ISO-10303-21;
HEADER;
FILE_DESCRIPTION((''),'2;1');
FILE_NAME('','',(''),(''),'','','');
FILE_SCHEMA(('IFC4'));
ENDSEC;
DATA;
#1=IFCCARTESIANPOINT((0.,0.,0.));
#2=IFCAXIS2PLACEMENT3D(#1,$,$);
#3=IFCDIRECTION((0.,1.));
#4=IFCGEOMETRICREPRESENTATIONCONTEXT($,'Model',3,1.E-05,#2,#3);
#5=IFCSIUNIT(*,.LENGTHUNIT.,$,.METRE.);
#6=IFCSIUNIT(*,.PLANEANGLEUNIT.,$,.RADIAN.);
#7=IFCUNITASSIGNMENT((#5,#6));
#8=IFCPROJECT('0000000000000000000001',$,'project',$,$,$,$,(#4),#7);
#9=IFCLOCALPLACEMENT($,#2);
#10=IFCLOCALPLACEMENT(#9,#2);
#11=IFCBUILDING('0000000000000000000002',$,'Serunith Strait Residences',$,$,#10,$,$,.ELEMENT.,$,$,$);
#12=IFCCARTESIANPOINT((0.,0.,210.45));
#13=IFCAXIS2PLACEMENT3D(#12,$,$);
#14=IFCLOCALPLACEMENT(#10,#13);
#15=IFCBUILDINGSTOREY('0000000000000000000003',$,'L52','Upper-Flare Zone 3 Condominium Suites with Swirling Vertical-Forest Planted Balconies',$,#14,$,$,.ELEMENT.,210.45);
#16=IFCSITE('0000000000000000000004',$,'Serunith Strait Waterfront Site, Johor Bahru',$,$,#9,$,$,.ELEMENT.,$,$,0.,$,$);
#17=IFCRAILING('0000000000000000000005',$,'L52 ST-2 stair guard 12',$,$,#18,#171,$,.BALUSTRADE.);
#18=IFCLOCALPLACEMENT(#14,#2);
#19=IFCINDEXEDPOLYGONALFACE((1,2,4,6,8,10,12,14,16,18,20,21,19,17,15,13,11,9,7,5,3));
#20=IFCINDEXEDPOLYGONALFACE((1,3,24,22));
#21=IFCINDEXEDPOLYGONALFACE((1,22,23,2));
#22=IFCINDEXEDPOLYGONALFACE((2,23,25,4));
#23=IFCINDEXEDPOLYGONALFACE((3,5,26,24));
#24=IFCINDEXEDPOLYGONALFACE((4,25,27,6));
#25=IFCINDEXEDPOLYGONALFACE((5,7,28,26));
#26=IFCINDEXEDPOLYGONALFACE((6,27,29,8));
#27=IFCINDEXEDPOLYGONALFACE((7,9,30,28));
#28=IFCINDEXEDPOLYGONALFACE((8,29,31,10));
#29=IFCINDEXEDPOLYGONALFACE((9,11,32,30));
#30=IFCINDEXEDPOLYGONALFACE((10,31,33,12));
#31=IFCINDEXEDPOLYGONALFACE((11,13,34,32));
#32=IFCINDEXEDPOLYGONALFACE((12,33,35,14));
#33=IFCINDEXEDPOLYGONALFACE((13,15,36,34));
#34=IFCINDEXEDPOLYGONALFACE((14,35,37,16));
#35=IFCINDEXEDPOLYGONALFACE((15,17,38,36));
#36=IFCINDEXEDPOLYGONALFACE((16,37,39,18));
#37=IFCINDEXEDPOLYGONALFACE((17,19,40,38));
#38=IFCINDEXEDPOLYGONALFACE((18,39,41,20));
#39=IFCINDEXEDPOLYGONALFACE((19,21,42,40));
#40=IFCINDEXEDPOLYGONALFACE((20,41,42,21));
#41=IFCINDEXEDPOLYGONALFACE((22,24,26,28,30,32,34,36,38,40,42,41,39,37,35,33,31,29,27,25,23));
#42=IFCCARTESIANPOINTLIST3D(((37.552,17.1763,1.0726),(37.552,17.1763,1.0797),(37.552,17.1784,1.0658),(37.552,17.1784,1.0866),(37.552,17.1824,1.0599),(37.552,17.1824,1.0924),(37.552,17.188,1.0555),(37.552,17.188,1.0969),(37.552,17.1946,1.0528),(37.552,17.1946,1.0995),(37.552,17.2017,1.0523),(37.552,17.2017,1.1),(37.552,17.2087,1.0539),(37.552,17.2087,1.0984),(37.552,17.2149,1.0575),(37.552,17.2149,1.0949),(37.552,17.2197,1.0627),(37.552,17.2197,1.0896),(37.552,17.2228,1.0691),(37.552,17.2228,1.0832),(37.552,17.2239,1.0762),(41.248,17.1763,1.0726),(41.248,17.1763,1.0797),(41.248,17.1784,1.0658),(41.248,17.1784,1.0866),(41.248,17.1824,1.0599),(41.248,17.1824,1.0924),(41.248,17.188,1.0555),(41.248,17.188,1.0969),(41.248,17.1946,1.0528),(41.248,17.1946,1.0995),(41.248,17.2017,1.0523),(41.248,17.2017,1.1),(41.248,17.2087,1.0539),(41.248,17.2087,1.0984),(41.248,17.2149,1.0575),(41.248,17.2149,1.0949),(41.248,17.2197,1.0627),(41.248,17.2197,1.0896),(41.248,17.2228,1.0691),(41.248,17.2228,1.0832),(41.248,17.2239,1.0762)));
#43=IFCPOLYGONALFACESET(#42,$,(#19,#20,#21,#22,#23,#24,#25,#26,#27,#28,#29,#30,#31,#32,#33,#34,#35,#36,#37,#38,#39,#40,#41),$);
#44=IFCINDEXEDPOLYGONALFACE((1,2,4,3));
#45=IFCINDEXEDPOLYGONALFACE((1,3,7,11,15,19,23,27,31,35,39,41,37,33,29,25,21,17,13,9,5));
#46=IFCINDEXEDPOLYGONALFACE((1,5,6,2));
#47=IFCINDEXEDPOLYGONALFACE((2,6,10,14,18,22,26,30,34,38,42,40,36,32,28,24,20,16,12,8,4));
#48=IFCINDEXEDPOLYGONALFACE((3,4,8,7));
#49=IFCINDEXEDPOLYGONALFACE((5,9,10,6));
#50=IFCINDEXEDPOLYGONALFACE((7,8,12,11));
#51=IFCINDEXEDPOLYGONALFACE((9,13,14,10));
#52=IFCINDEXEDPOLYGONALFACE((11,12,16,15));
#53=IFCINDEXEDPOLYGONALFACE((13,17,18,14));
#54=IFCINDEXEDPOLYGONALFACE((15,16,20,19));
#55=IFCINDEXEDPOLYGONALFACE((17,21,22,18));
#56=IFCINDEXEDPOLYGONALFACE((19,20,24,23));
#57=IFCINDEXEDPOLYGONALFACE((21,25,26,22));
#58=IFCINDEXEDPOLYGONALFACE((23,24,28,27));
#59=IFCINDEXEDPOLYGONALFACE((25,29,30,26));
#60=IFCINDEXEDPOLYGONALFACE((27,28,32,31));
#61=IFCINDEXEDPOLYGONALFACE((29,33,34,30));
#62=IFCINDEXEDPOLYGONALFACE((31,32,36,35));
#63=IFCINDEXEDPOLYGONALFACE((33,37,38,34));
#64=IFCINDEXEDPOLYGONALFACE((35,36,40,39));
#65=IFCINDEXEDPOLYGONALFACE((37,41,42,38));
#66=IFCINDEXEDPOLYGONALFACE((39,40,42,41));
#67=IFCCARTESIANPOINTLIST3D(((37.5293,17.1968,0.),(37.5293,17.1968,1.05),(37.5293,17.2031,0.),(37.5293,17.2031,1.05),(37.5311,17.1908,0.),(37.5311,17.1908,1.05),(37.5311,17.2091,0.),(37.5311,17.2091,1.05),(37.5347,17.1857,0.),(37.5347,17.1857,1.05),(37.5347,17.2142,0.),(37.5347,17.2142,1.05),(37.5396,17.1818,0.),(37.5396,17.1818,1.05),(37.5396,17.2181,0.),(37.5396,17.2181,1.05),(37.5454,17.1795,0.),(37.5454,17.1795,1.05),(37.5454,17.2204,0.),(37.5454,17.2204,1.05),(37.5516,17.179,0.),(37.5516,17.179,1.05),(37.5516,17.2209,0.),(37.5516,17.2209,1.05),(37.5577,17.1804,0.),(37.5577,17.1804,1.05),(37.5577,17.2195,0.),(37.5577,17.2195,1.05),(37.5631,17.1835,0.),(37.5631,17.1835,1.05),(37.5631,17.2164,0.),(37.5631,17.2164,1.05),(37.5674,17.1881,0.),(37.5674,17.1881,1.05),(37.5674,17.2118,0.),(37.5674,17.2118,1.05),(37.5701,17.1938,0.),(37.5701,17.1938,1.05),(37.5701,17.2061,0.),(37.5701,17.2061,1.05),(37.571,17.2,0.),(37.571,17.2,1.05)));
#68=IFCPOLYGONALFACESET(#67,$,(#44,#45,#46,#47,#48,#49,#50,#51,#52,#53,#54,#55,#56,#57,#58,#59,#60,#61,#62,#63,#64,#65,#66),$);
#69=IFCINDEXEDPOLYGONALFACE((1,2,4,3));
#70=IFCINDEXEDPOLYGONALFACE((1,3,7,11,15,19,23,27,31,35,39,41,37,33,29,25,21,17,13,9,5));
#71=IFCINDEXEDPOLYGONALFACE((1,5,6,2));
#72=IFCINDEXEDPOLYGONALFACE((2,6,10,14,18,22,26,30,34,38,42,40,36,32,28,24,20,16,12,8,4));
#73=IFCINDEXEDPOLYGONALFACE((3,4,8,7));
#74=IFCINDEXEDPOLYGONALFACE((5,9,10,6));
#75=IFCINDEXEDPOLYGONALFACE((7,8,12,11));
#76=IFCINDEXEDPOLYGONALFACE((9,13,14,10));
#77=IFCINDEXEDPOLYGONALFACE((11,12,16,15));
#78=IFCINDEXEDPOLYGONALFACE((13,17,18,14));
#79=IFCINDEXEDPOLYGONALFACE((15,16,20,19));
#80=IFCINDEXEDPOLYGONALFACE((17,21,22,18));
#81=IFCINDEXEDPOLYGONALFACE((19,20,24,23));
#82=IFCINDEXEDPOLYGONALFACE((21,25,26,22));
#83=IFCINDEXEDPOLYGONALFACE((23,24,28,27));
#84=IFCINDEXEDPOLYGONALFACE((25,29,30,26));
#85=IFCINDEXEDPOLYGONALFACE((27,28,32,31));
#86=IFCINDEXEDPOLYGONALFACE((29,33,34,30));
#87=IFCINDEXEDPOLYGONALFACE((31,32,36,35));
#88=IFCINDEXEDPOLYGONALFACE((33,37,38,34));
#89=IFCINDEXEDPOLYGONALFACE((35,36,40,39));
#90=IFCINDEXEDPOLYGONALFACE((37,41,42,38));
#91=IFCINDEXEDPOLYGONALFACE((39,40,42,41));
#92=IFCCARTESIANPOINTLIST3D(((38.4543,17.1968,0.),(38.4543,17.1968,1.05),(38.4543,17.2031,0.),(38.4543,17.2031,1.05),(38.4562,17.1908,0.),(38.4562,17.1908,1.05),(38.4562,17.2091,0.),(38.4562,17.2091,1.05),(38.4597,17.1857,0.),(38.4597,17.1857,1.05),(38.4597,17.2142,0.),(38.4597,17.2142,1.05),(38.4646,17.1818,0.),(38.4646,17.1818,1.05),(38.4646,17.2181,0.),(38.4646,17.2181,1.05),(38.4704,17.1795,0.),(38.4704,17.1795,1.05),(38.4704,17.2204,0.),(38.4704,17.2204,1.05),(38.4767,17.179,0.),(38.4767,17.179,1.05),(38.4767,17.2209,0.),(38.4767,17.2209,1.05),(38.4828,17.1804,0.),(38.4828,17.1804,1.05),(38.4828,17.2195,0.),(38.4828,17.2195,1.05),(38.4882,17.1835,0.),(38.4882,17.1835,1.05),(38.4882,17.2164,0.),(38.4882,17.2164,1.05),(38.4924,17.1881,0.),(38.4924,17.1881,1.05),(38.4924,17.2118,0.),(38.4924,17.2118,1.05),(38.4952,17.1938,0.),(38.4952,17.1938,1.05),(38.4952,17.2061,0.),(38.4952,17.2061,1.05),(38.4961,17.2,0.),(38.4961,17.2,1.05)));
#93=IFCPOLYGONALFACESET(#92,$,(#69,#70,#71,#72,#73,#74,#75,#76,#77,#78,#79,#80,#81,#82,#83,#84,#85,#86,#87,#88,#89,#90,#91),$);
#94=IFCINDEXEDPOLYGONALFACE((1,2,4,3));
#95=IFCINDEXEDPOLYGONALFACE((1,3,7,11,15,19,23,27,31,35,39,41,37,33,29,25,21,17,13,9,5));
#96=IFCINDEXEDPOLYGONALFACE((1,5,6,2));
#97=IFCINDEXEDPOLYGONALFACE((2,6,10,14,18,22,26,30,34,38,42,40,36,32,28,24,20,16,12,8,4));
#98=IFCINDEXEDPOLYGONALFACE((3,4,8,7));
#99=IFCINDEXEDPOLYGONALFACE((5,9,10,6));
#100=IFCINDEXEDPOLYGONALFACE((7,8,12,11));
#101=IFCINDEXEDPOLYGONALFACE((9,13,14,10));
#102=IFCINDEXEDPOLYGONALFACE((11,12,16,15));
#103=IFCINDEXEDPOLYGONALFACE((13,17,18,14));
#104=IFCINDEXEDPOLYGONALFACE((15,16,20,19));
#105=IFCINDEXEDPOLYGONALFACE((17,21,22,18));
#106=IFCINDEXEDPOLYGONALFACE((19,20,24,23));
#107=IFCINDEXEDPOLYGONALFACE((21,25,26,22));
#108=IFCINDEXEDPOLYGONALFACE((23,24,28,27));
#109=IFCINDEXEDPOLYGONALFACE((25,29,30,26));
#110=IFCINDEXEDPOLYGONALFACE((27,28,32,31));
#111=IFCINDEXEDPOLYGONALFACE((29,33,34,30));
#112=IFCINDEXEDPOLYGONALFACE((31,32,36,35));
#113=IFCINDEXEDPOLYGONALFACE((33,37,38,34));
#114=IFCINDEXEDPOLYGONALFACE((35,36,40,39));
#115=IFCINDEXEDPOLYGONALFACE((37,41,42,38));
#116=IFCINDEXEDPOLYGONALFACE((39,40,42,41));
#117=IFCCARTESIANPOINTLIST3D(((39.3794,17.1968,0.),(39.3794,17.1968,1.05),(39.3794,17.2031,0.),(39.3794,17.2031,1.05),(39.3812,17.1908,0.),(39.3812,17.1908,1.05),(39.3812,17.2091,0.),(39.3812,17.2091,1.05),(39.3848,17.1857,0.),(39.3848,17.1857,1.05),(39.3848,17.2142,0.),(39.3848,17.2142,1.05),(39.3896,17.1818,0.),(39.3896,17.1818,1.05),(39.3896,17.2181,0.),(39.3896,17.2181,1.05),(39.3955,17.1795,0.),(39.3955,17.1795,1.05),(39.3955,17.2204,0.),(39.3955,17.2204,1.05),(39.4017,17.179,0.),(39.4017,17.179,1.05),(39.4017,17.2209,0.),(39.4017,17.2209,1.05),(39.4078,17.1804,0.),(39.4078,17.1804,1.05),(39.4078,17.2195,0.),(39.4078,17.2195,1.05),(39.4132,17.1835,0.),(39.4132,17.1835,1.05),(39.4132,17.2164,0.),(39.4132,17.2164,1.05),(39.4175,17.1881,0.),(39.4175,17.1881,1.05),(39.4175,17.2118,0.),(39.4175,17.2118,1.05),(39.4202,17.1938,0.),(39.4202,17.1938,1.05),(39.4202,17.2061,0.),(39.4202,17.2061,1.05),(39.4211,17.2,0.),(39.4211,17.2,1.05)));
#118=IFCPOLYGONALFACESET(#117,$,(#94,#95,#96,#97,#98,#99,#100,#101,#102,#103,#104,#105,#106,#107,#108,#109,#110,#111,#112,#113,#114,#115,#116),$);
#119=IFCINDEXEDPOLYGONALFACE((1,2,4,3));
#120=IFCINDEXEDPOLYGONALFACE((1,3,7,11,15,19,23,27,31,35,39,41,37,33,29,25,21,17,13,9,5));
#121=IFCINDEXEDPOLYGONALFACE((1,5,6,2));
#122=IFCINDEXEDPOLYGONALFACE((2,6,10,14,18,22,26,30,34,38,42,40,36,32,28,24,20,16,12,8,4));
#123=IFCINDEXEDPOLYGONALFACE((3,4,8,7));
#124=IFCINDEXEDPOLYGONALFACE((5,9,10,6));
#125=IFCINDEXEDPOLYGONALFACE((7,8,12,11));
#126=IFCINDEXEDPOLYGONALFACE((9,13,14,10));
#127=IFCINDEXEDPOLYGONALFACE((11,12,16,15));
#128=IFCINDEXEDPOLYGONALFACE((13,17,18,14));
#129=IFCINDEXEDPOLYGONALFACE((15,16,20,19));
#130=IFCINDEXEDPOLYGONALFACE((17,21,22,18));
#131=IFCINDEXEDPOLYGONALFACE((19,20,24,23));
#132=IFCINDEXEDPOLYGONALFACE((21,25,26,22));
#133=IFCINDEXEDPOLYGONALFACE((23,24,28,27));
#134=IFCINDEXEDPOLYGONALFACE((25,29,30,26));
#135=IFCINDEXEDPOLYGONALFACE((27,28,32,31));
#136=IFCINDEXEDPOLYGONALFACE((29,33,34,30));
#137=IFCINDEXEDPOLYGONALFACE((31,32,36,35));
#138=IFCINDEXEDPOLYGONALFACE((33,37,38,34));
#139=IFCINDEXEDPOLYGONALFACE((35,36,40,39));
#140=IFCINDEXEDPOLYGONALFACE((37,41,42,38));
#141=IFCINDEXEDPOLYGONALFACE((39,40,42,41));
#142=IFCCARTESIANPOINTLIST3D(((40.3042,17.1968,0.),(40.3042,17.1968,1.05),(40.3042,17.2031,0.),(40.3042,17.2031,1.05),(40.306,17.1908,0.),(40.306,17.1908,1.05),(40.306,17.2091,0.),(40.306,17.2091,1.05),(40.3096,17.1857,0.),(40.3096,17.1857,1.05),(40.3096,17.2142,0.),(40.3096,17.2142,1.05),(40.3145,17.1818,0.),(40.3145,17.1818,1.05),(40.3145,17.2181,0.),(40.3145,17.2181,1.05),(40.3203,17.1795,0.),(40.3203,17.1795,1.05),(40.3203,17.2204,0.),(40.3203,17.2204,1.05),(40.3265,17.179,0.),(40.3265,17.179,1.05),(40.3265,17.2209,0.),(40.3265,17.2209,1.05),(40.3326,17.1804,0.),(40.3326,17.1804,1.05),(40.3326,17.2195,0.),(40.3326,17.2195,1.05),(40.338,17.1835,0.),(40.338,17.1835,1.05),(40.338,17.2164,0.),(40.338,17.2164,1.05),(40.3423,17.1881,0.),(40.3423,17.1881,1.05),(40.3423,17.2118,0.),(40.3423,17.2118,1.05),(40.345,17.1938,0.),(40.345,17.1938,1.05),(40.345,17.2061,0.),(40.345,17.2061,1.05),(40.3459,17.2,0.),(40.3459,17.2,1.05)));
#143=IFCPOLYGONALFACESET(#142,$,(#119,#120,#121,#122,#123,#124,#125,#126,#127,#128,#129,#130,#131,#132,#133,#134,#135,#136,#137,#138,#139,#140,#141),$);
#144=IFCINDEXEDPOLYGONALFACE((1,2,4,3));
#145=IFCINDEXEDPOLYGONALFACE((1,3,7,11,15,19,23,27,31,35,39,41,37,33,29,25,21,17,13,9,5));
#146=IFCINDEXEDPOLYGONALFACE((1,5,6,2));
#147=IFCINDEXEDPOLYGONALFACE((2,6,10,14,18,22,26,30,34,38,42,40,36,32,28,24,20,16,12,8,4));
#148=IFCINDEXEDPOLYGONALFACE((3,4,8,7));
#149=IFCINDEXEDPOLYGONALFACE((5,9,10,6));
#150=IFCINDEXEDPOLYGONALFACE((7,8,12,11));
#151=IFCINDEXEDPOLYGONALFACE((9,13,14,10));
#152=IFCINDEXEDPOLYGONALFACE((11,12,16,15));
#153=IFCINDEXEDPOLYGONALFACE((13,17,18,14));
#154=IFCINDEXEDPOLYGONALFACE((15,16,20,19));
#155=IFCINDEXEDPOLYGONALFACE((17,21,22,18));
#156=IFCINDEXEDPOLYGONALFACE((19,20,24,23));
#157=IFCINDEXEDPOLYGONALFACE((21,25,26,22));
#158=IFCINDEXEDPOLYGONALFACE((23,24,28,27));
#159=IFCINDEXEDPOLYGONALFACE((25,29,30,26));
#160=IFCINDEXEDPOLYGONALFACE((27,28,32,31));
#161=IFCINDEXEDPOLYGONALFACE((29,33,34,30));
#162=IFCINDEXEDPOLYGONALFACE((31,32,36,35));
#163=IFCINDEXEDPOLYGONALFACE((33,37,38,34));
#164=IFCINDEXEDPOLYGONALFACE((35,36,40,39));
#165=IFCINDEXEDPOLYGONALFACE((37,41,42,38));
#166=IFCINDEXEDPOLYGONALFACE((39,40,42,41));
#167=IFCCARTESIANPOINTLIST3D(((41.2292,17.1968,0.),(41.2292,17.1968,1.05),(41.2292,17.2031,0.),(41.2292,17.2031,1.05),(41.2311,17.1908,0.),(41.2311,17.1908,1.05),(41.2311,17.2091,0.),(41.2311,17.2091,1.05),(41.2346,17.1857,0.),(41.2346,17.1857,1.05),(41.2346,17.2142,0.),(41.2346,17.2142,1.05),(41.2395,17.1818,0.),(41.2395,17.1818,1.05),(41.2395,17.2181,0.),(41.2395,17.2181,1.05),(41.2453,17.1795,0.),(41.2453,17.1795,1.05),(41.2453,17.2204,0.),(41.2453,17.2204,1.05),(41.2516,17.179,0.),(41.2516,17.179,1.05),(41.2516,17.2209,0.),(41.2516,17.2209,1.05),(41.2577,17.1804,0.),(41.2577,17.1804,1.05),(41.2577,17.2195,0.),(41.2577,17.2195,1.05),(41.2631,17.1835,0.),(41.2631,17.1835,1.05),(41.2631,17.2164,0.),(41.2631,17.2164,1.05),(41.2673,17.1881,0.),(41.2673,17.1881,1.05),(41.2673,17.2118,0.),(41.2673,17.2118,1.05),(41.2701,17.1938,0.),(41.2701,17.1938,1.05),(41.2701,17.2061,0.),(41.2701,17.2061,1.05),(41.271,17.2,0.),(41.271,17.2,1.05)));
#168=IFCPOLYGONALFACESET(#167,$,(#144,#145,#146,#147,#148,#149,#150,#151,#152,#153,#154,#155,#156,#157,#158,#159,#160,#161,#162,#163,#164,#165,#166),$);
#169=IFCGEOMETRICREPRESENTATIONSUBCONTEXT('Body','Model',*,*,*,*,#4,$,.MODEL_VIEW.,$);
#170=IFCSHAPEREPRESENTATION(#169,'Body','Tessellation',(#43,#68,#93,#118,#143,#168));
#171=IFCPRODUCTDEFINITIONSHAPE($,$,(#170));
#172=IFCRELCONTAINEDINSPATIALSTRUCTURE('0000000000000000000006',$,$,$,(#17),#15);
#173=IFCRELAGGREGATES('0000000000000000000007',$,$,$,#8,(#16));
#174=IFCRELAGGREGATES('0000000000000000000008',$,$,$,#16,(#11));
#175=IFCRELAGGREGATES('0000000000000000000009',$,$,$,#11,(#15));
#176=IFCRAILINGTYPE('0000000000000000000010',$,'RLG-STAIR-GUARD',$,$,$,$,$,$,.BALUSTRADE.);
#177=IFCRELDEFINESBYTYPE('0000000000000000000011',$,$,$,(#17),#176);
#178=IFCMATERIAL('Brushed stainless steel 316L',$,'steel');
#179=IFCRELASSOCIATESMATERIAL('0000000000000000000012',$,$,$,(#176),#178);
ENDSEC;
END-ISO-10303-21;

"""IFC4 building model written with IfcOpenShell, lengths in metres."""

from ifc_helpers import new_model, si_unit, direction, frame, origin, origin_2d, place, context, subcontext, project, spatial, circle, extrude, material, type_object, element, save


model = new_model("IFC4")

# Units and contexts
model_context = context("Model", 3, precision=1e-05, world=origin(), true_north=direction((0.0, 1.0)))
body_context = subcontext(model_context, "Body", "Model", "MODEL_VIEW")
ifc_project = project(units=[si_unit("LENGTHUNIT", "METRE"), si_unit("PLANEANGLEUNIT", "RADIAN")], contexts=[model_context])

# Site, building, storey
site_placement = place(None, origin())
site = spatial("IfcSite", under=ifc_project, at=site_placement, Name="Serunith Strait Waterfront Site, Johor Bahru", CompositionType="ELEMENT", RefElevation=0.0)
building_placement = place(site_placement, origin())
building = spatial("IfcBuilding", under=site, at=building_placement, Name="Serunith Strait Residences", CompositionType="ELEMENT")
storey_placement = place(building_placement, frame((0.0, 0.0, 210.45)))
storey = spatial("IfcBuildingStorey", under=building, at=storey_placement, Name="L52", Description="Upper-Flare Zone 3 Condominium Suites with Swirling Vertical-Forest Planted Balconies", CompositionType="ELEMENT", Elevation=210.45)

# Railing
ifc_material_1 = material(Name="Brushed stainless steel 316L", Category="steel")
railing_type_1 = type_object("IfcRailingType", Name="RLG-STAIR-GUARD", PredefinedType="BALUSTRADE", material=ifc_material_1)
railing_1_placement = place(storey_placement, frame((37.55, 17.2, 0.0)))
element("IfcRailing", 1, at=railing_1_placement, inside=storey, type_object=railing_type_1, Name="L52 ST-2 stair guard 12", PredefinedType="BALUSTRADE", context=body_context, shape_type="SweptSolid", body=[
    extrude(circle(Radius=0.0239, at=origin_2d()), frame((0.002, 0.0, 1.0762), z_axis=(1.0, 0.0, 0.0), x_axis=(0.0, 1.0, 0.0)), (0.0, 0.0, 1.0), 3.696),
    extrude(circle(Radius=0.021, at=origin_2d()), origin(), (0.0, 0.0, 1.0), 1.05),
    extrude(circle(Radius=0.021, at=origin_2d()), frame((0.925, 0.0, 0.0)), (0.0, 0.0, 1.0), 1.05),
    extrude(circle(Radius=0.021, at=origin_2d()), frame((1.8501, 0.0, 0.0)), (0.0, 0.0, 1.0), 1.05),
    extrude(circle(Radius=0.021, at=origin_2d()), frame((2.7749, 0.0, 0.0)), (0.0, 0.0, 1.0), 1.05),
    extrude(circle(Radius=0.021, at=origin_2d()), frame((3.7, 0.0, 0.0)), (0.0, 0.0, 1.0), 1.05),
])

save(model, "model.ifc")
